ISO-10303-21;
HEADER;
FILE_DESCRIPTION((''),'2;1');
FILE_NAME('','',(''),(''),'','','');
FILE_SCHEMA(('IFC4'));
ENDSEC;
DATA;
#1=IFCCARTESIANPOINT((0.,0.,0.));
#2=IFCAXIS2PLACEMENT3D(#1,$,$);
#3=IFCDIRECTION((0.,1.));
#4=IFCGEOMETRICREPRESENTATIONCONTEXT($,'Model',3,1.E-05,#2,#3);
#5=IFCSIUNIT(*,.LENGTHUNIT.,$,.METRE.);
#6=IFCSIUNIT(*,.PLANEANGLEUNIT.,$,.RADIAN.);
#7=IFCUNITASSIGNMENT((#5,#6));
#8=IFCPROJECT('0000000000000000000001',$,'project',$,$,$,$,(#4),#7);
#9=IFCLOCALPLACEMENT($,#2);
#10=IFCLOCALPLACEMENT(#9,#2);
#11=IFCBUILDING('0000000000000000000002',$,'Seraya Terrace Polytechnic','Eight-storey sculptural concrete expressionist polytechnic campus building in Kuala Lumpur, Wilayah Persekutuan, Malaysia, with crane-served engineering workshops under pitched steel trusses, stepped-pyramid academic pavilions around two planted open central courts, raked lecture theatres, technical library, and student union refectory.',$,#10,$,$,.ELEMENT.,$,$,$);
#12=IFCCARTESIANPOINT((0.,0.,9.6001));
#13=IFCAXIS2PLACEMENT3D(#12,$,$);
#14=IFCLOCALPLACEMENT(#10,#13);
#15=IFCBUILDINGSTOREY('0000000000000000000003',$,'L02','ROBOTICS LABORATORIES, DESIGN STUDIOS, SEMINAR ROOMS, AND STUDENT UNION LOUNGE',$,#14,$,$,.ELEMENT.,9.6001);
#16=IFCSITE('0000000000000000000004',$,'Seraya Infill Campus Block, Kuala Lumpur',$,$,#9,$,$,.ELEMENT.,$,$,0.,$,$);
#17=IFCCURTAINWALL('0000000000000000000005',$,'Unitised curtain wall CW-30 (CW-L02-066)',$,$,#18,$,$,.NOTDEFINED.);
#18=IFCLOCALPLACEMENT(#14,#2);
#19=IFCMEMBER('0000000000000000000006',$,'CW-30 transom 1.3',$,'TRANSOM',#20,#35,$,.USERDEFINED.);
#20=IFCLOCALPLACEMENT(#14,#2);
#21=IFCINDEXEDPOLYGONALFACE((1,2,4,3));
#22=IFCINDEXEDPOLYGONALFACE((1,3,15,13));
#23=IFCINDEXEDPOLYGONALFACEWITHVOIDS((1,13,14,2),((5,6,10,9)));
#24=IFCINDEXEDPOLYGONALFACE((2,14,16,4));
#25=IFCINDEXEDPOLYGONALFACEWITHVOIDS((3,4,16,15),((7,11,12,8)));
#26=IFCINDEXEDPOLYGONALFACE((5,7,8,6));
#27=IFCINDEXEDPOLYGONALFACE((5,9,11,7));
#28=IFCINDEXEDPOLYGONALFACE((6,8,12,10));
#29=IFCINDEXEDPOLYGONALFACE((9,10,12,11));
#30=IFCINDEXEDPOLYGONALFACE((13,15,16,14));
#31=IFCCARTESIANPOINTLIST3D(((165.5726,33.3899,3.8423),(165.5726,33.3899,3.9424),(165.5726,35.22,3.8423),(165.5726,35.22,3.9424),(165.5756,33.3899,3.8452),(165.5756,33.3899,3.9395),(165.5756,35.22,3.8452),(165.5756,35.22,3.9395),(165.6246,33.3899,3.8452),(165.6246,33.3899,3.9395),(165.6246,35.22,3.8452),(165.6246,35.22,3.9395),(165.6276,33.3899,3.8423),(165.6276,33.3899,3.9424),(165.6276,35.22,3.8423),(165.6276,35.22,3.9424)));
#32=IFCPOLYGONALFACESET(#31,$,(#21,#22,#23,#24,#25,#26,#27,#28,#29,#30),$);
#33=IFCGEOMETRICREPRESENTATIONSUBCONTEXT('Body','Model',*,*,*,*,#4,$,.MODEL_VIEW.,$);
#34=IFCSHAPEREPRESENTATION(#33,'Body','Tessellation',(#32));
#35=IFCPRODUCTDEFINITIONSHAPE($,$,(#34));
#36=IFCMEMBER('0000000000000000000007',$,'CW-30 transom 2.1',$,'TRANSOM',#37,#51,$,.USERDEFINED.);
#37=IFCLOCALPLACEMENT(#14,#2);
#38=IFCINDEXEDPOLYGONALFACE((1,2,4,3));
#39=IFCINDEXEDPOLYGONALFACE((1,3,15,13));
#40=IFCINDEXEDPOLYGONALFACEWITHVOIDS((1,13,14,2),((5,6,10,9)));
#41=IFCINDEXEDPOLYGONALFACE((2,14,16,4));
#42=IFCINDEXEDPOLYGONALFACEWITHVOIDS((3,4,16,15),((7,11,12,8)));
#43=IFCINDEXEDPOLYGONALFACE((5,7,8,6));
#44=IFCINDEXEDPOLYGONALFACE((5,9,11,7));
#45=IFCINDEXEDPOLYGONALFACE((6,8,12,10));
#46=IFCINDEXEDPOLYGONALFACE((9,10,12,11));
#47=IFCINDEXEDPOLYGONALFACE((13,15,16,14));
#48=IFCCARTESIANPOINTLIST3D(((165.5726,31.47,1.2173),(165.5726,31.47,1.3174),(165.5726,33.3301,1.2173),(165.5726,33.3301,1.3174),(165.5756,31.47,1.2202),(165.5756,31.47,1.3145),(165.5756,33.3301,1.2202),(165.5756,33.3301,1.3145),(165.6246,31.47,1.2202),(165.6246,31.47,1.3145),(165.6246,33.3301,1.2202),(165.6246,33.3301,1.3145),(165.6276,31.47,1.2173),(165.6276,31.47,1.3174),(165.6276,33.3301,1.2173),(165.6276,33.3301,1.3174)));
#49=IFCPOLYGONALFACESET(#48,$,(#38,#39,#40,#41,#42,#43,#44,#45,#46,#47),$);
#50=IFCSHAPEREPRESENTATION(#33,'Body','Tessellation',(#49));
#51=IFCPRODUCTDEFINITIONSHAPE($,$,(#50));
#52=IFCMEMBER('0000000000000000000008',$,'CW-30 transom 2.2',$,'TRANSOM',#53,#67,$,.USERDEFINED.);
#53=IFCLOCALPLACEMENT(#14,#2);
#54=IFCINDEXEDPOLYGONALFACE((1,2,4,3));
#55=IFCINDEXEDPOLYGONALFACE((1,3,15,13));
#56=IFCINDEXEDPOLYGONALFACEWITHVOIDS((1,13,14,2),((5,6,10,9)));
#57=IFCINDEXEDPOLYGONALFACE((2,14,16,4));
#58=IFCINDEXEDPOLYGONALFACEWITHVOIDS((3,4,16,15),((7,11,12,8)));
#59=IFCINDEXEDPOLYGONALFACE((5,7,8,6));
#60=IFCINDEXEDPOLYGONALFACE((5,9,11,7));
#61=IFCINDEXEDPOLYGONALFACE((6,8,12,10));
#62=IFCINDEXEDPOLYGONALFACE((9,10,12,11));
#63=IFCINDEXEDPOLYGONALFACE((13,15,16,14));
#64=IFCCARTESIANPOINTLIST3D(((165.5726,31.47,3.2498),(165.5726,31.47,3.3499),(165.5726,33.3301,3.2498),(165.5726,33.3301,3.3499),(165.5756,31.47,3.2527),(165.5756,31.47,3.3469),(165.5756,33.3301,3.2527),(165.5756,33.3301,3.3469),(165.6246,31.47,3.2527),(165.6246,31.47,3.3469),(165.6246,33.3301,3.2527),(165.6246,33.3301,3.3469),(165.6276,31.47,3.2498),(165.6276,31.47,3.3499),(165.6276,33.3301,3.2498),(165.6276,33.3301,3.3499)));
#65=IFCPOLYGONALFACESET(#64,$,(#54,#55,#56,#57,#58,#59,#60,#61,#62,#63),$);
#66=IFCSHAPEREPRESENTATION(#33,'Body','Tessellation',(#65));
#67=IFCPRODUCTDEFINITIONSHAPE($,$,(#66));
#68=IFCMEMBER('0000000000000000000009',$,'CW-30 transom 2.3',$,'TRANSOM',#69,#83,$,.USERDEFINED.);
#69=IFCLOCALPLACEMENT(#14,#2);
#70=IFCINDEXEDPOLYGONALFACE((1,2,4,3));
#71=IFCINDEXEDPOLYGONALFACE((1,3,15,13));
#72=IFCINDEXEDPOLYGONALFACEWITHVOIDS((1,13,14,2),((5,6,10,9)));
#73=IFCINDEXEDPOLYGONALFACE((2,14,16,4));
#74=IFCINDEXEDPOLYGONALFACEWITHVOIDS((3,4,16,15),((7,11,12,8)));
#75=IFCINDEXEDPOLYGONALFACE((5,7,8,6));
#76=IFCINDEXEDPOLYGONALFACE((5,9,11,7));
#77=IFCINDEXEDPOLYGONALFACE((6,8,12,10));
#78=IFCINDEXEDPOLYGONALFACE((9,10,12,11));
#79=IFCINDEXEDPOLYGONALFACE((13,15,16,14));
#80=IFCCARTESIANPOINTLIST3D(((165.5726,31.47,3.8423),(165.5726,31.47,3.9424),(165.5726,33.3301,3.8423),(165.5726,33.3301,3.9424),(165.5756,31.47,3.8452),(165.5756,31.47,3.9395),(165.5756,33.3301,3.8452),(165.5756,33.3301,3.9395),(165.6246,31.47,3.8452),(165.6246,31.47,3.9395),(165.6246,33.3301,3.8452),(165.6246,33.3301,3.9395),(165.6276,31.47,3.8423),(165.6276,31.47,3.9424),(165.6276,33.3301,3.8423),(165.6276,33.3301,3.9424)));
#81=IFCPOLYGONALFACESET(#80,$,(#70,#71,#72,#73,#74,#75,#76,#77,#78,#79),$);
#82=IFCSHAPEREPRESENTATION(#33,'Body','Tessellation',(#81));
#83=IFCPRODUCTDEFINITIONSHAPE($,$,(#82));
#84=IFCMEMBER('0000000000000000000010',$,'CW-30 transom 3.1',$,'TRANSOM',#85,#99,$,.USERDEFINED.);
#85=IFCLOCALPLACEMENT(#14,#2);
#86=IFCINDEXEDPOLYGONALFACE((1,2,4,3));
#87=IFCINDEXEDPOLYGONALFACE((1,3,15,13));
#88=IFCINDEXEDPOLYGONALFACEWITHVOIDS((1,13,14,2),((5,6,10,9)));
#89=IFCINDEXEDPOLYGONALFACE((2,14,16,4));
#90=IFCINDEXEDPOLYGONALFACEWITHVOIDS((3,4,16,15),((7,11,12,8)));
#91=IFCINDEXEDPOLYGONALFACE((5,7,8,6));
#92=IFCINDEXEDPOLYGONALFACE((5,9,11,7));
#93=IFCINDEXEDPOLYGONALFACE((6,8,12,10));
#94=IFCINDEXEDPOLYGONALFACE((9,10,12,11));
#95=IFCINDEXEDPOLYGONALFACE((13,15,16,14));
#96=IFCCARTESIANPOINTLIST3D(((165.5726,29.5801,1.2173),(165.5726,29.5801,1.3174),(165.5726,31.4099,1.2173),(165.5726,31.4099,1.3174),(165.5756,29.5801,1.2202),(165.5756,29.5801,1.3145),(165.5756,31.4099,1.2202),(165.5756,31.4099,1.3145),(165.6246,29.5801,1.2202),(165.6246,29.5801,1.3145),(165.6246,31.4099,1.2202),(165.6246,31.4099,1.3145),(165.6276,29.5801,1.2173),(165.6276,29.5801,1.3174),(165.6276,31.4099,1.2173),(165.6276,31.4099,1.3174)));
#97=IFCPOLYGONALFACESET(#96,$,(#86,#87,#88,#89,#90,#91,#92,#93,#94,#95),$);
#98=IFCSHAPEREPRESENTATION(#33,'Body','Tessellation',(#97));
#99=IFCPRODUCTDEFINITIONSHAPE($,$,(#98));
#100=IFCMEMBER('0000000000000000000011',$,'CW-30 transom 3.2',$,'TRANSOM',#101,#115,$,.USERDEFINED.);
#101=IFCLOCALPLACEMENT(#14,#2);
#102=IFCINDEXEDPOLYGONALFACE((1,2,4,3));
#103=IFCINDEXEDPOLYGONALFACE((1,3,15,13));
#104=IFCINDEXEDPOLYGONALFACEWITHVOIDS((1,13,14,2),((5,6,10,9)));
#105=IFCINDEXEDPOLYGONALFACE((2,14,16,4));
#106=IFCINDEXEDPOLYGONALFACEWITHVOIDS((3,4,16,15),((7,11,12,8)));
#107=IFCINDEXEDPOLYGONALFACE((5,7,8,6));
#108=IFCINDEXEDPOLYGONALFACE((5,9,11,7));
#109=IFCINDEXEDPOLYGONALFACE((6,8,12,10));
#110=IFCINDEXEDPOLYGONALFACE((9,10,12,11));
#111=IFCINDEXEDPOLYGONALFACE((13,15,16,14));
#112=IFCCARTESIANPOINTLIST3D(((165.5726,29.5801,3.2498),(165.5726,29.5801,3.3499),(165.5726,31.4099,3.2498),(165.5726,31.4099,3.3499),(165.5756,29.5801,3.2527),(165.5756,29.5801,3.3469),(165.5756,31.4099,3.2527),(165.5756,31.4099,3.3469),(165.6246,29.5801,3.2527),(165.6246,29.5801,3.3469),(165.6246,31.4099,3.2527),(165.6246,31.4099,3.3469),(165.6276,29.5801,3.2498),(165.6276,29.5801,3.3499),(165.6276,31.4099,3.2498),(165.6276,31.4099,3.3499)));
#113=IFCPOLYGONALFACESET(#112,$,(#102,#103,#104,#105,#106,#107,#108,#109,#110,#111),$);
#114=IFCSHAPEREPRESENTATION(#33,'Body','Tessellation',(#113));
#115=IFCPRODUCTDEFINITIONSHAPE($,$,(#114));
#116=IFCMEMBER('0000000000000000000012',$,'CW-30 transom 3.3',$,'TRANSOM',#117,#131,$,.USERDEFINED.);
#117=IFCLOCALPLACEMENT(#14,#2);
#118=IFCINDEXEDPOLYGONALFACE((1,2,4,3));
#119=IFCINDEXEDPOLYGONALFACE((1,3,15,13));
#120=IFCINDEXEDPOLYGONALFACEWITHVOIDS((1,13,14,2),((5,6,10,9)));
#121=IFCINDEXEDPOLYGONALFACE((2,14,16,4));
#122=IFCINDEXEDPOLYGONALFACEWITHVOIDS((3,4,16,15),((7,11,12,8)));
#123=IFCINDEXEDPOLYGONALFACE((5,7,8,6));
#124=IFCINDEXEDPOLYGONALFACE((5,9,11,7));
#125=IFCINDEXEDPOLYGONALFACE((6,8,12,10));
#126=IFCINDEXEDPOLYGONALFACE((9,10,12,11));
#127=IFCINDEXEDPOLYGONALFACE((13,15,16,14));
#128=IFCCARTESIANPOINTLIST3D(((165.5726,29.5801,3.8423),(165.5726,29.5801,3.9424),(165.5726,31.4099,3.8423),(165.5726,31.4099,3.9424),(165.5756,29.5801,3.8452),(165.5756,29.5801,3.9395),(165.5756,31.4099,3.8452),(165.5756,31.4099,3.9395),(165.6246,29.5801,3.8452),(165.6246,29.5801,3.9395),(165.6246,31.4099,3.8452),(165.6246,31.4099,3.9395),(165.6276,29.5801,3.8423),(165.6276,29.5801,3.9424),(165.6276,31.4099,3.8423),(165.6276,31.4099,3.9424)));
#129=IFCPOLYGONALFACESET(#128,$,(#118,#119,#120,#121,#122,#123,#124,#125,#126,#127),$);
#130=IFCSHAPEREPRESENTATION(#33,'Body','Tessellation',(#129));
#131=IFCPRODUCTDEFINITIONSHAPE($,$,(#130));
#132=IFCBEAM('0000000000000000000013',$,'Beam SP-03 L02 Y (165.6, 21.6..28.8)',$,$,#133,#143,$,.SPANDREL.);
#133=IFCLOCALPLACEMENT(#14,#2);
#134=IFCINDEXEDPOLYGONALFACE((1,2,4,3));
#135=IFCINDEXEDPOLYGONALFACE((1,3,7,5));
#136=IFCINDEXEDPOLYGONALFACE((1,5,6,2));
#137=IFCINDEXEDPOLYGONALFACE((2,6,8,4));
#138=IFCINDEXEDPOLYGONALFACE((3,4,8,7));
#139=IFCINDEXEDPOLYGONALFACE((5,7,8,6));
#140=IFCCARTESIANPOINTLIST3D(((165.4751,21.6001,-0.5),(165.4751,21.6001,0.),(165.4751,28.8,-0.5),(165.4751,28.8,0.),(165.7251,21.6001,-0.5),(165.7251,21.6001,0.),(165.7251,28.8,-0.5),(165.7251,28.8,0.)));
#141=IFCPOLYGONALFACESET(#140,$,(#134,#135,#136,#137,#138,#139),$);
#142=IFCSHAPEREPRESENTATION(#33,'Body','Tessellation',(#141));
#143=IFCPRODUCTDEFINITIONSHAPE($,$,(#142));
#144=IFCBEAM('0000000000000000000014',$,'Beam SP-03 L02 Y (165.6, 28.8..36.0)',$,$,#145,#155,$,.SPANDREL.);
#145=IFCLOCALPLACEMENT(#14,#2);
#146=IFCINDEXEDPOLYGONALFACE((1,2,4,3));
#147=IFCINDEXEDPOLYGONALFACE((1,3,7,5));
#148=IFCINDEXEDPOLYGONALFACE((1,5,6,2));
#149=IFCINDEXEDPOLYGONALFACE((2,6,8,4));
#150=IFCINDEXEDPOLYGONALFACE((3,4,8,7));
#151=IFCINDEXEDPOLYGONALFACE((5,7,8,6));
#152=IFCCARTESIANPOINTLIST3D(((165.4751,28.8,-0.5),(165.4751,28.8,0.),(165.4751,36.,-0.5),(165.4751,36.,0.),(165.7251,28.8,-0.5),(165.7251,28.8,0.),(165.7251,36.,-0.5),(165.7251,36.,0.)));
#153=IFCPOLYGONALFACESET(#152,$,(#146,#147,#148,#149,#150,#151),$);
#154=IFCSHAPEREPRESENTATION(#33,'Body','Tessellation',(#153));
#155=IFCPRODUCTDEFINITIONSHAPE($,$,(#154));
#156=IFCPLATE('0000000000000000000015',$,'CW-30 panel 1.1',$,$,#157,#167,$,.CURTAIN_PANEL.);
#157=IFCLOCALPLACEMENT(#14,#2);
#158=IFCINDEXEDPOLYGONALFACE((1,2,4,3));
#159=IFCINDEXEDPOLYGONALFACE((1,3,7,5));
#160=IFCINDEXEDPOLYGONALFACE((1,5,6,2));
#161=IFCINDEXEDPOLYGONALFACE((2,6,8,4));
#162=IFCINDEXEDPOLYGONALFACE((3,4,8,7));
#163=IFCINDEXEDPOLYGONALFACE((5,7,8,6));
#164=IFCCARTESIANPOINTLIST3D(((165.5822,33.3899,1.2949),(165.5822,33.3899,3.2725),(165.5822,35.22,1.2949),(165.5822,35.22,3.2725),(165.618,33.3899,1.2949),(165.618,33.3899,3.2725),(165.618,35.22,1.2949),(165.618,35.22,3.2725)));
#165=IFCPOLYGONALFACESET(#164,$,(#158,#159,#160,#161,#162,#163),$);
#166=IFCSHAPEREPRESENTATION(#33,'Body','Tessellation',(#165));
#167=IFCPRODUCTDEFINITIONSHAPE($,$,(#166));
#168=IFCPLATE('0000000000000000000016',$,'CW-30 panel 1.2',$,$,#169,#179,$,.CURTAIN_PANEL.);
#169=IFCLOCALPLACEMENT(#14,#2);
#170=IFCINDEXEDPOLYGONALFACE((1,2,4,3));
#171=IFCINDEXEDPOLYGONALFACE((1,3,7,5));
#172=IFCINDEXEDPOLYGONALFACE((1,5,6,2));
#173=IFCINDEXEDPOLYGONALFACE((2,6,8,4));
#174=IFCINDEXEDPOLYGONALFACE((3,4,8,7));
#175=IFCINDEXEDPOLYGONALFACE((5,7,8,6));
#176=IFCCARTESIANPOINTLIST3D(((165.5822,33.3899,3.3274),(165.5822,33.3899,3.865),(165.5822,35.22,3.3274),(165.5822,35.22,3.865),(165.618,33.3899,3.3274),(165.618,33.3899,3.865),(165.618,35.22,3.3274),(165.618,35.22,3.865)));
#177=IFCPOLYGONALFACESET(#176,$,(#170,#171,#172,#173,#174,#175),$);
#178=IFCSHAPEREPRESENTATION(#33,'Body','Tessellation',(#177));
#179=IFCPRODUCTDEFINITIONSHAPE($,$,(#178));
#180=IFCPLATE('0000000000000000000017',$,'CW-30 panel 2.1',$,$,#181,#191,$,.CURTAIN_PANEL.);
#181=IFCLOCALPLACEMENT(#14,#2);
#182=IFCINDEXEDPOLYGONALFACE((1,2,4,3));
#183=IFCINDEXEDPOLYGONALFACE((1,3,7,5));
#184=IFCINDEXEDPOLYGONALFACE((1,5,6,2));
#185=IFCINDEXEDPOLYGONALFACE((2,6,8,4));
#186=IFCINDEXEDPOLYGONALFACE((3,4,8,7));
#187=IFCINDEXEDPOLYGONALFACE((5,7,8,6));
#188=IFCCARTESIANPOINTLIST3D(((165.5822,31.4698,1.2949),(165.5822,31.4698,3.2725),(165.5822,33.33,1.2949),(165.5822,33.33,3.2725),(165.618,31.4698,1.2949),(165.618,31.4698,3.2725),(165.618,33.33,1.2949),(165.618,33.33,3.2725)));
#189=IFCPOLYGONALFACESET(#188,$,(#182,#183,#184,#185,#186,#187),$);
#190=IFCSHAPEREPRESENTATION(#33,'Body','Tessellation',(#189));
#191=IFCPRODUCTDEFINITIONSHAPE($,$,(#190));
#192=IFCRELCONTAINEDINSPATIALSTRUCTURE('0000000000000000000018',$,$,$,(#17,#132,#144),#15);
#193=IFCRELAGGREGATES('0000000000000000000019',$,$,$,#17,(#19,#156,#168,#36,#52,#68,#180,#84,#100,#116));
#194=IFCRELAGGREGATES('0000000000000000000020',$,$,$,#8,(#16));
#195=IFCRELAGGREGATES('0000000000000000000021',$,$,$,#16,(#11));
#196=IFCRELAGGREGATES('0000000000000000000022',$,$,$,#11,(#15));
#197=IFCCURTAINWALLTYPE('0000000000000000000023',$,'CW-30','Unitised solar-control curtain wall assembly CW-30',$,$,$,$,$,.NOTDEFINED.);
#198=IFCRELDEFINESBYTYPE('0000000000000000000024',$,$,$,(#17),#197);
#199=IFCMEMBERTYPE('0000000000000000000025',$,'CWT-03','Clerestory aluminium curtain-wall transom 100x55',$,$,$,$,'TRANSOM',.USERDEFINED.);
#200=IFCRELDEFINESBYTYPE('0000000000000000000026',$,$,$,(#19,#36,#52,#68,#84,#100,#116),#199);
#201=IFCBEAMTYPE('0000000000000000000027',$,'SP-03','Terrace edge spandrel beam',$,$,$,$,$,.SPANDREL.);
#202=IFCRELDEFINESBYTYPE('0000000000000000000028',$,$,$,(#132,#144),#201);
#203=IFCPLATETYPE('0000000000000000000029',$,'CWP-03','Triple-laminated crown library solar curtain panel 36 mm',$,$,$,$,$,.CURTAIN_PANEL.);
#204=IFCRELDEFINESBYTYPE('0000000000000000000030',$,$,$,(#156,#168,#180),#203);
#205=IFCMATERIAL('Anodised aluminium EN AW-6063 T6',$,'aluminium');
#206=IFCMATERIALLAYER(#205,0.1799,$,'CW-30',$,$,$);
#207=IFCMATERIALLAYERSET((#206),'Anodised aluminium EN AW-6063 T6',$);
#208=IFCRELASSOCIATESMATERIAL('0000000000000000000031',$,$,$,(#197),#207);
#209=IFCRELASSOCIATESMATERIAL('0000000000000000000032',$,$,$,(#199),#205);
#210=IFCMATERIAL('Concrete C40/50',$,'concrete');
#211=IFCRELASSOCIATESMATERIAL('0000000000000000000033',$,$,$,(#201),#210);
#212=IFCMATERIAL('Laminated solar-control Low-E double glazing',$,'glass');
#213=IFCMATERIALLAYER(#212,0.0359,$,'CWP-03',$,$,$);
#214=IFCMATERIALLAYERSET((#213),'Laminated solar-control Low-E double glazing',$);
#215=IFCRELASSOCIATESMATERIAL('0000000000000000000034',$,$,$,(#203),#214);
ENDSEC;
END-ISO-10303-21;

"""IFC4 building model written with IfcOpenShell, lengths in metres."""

from ifc_helpers import new_model, si_unit, direction, frame, origin, origin_2d, place, context, subcontext, project, spatial, rectangle, hollow_rectangle, extrude, material, layer, layer_set, material_profile, profile_set, type_object, element, aggregate, save


model = new_model("IFC4")

# Units and contexts
model_context = context("Model", 3, precision=1e-05, world=origin(), true_north=direction((0.0, 1.0)))
body_context = subcontext(model_context, "Body", "Model", "MODEL_VIEW")
ifc_project = project(units=[si_unit("LENGTHUNIT", "METRE"), si_unit("PLANEANGLEUNIT", "RADIAN")], contexts=[model_context])

# Site, building, storey
site_placement = place(None, origin())
site = spatial("IfcSite", under=ifc_project, at=site_placement, Name="Seraya Infill Campus Block, Kuala Lumpur", CompositionType="ELEMENT", RefElevation=0.0)
building_placement = place(site_placement, origin())
building = spatial("IfcBuilding", under=site, at=building_placement, Name="Seraya Terrace Polytechnic", Description="Eight-storey sculptural concrete expressionist polytechnic campus building in Kuala Lumpur, Wilayah Persekutuan, Malaysia, with crane-served engineering workshops under pitched steel trusses, stepped-pyramid academic pavilions around two planted open central courts, raked lecture theatres, technical library, and student union refectory.", CompositionType="ELEMENT")
storey_placement = place(building_placement, frame((0.0, 0.0, 9.6001)))
storey = spatial("IfcBuildingStorey", under=building, at=storey_placement, Name="L02", Description="ROBOTICS LABORATORIES, DESIGN STUDIOS, SEMINAR ROOMS, AND STUDENT UNION LOUNGE", CompositionType="ELEMENT", Elevation=9.6001)

# Shared definitions
ifc_material_1 = material(Name="Concrete C40/50", Category="concrete")

# Curtain wall, members
ifc_material_2 = material(Name="Anodised aluminium EN AW-6063 T6", Category="aluminium")
ifc_layer_1 = layer(ifc_material_2, 0.1799, Name="CW-30")
ifc_layer_set_1 = layer_set([ifc_layer_1], Name="Anodised aluminium EN AW-6063 T6")
curtain_wall_type = type_object("IfcCurtainWallType", Name="CW-30", Description="Unitised solar-control curtain wall assembly CW-30", PredefinedType="NOTDEFINED", material=ifc_layer_set_1)
curtain_wall_placement = place(storey_placement, origin())
curtain_wall = element("IfcCurtainWall", 1, at=curtain_wall_placement, inside=storey, type_object=curtain_wall_type, Name="Unitised curtain wall CW-30 (CW-L02-066)", PredefinedType="NOTDEFINED")
ifc_material_profile_1 = material_profile(ifc_material_2, hollow_rectangle(XDim=0.0549, YDim=0.1001, WallThickness=0.0029, at=origin_2d()), Name="RHS 100x55x3.0")
ifc_profile_set_1 = profile_set([ifc_material_profile_1], Name="Anodised aluminium EN AW-6063 T6")
member_type_1 = type_object("IfcMemberType", Name="CWT-03", Description="Clerestory aluminium curtain-wall transom 100x55", ElementType="TRANSOM", PredefinedType="USERDEFINED", material=ifc_profile_set_1)
member_1_placement = place(storey_placement, frame((165.6001, 35.22, 3.8923), z_axis=(0.0, -1.0, 0.0), x_axis=(1.0, 0.0, 0.0)))
member_1 = element("IfcMember", 2, at=member_1_placement, type_object=member_type_1, Name="CW-30 transom 1.3", ObjectType="TRANSOM", PredefinedType="USERDEFINED", context=body_context, shape_type="SweptSolid", body=[
    extrude(hollow_rectangle(XDim=0.0549, YDim=0.1001, WallThickness=0.0029, at=origin_2d()), origin(), (0.0, 0.0, 1.0), 1.8301),
])
member_2_placement = place(storey_placement, frame((165.6001, 33.3301, 1.2673), z_axis=(0.0, -1.0, 0.0), x_axis=(1.0, 0.0, 0.0)))
member_2 = element("IfcMember", 3, at=member_2_placement, type_object=member_type_1, Name="CW-30 transom 2.1", ObjectType="TRANSOM", PredefinedType="USERDEFINED", context=body_context, shape_type="SweptSolid", body=[
    extrude(hollow_rectangle(XDim=0.0549, YDim=0.1001, WallThickness=0.0029, at=origin_2d()), origin(), (0.0, 0.0, 1.0), 1.8601),
])
member_3_placement = place(storey_placement, frame((165.6001, 33.3301, 3.2998), z_axis=(0.0, -1.0, 0.0), x_axis=(1.0, 0.0, 0.0)))
member_3 = element("IfcMember", 4, at=member_3_placement, type_object=member_type_1, Name="CW-30 transom 2.2", ObjectType="TRANSOM", PredefinedType="USERDEFINED", context=body_context, shape_type="SweptSolid", body=[
    extrude(hollow_rectangle(XDim=0.0549, YDim=0.1001, WallThickness=0.0029, at=origin_2d()), origin(), (0.0, 0.0, 1.0), 1.8601),
])
member_4_placement = place(storey_placement, frame((165.6001, 33.3301, 3.8923), z_axis=(0.0, -1.0, 0.0), x_axis=(1.0, 0.0, 0.0)))
member_4 = element("IfcMember", 5, at=member_4_placement, type_object=member_type_1, Name="CW-30 transom 2.3", ObjectType="TRANSOM", PredefinedType="USERDEFINED", context=body_context, shape_type="SweptSolid", body=[
    extrude(hollow_rectangle(XDim=0.0549, YDim=0.1001, WallThickness=0.0029, at=origin_2d()), origin(), (0.0, 0.0, 1.0), 1.8601),
])
member_5_placement = place(storey_placement, frame((165.6001, 31.4099, 1.2673), z_axis=(0.0, -1.0, 0.0), x_axis=(1.0, 0.0, 0.0)))
member_5 = element("IfcMember", 6, at=member_5_placement, type_object=member_type_1, Name="CW-30 transom 3.1", ObjectType="TRANSOM", PredefinedType="USERDEFINED", context=body_context, shape_type="SweptSolid", body=[
    extrude(hollow_rectangle(XDim=0.0549, YDim=0.1001, WallThickness=0.0029, at=origin_2d()), origin(), (0.0, 0.0, 1.0), 1.8298),
])
member_6_placement = place(storey_placement, frame((165.6001, 31.4099, 3.2998), z_axis=(0.0, -1.0, 0.0), x_axis=(1.0, 0.0, 0.0)))
member_6 = element("IfcMember", 7, at=member_6_placement, type_object=member_type_1, Name="CW-30 transom 3.2", ObjectType="TRANSOM", PredefinedType="USERDEFINED", context=body_context, shape_type="SweptSolid", body=[
    extrude(hollow_rectangle(XDim=0.0549, YDim=0.1001, WallThickness=0.0029, at=origin_2d()), origin(), (0.0, 0.0, 1.0), 1.8298),
])
member_7_placement = place(storey_placement, frame((165.6001, 31.4099, 3.8923), z_axis=(0.0, -1.0, 0.0), x_axis=(1.0, 0.0, 0.0)))
member_7 = element("IfcMember", 8, at=member_7_placement, type_object=member_type_1, Name="CW-30 transom 3.3", ObjectType="TRANSOM", PredefinedType="USERDEFINED", context=body_context, shape_type="SweptSolid", body=[
    extrude(hollow_rectangle(XDim=0.0549, YDim=0.1001, WallThickness=0.0029, at=origin_2d()), origin(), (0.0, 0.0, 1.0), 1.8298),
])

# Beams
ifc_material_profile_2 = material_profile(ifc_material_1, rectangle(XDim=0.25, YDim=0.5, at=origin_2d()), Name="RC 250x500")
ifc_profile_set_2 = profile_set([ifc_material_profile_2], Name="Concrete C40/50")
beam_type_1 = type_object("IfcBeamType", Name="SP-03", Description="Terrace edge spandrel beam", PredefinedType="SPANDREL", material=ifc_profile_set_2)
for number, where, z_axis, x_axis, name in (
    (9, (165.6001, 21.6001, -0.25), (0.0, 1.0, 0.0), (-1.0, 0.0, 0.0), "Beam SP-03 L02 Y (165.6, 21.6..28.8)"),
    (10, (165.6001, 28.8, -0.25), (0.0, 1.0, 0.0), (-1.0, 0.0, 0.0), "Beam SP-03 L02 Y (165.6, 28.8..36.0)"),
):
    element("IfcBeam", number, at=place(storey_placement, frame(where, z_axis=z_axis, x_axis=x_axis)), inside=storey, type_object=beam_type_1, Name=name, PredefinedType="SPANDREL", context=body_context, shape_type="SweptSolid", body=[
        extrude(rectangle(XDim=0.25, YDim=0.5, at=origin_2d()), origin(), (0.0, 0.0, 1.0), 7.2),
    ])

# Plates
ifc_material_3 = material(Name="Laminated solar-control Low-E double glazing", Category="glass")
ifc_layer_2 = layer(ifc_material_3, 0.0359, Name="CWP-03")
ifc_layer_set_2 = layer_set([ifc_layer_2], Name="Laminated solar-control Low-E double glazing")
plate_type = type_object("IfcPlateType", Name="CWP-03", Description="Triple-laminated crown library solar curtain panel 36 mm", PredefinedType="CURTAIN_PANEL", material=ifc_layer_set_2)
plate_1_placement = place(storey_placement, frame((165.6001, 34.3049, 1.2949), z_axis=(0.0, 0.0, 1.0), x_axis=(0.0, -1.0, 0.0)))
plate_1 = element("IfcPlate", 11, at=plate_1_placement, type_object=plate_type, Name="CW-30 panel 1.1", PredefinedType="CURTAIN_PANEL", context=body_context, shape_type="SweptSolid", body=[
    extrude(rectangle(XDim=1.8301, YDim=0.0359, at=origin_2d()), origin(), (0.0, 0.0, 1.0), 1.9775),
])
plate_2_placement = place(storey_placement, frame((165.6001, 34.3049, 3.3274), z_axis=(0.0, 0.0, 1.0), x_axis=(0.0, -1.0, 0.0)))
plate_2 = element("IfcPlate", 12, at=plate_2_placement, type_object=plate_type, Name="CW-30 panel 1.2", PredefinedType="CURTAIN_PANEL", context=body_context, shape_type="SweptSolid", body=[
    extrude(rectangle(XDim=1.8301, YDim=0.0359, at=origin_2d()), origin(), (0.0, 0.0, 1.0), 0.5376),
])
plate_3_placement = place(storey_placement, frame((165.6001, 32.3999, 1.2949), z_axis=(0.0, 0.0, 1.0), x_axis=(0.0, -1.0, 0.0)))
plate_3 = element("IfcPlate", 13, at=plate_3_placement, type_object=plate_type, Name="CW-30 panel 2.1", PredefinedType="CURTAIN_PANEL", context=body_context, shape_type="SweptSolid", body=[
    extrude(rectangle(XDim=1.8601, YDim=0.0359, at=origin_2d()), origin(), (0.0, 0.0, 1.0), 1.9775),
])
aggregate(curtain_wall, [member_1, plate_1, plate_2, member_2, member_3, member_4, plate_3, member_5, member_6, member_7])

save(model, "model.ifc")
